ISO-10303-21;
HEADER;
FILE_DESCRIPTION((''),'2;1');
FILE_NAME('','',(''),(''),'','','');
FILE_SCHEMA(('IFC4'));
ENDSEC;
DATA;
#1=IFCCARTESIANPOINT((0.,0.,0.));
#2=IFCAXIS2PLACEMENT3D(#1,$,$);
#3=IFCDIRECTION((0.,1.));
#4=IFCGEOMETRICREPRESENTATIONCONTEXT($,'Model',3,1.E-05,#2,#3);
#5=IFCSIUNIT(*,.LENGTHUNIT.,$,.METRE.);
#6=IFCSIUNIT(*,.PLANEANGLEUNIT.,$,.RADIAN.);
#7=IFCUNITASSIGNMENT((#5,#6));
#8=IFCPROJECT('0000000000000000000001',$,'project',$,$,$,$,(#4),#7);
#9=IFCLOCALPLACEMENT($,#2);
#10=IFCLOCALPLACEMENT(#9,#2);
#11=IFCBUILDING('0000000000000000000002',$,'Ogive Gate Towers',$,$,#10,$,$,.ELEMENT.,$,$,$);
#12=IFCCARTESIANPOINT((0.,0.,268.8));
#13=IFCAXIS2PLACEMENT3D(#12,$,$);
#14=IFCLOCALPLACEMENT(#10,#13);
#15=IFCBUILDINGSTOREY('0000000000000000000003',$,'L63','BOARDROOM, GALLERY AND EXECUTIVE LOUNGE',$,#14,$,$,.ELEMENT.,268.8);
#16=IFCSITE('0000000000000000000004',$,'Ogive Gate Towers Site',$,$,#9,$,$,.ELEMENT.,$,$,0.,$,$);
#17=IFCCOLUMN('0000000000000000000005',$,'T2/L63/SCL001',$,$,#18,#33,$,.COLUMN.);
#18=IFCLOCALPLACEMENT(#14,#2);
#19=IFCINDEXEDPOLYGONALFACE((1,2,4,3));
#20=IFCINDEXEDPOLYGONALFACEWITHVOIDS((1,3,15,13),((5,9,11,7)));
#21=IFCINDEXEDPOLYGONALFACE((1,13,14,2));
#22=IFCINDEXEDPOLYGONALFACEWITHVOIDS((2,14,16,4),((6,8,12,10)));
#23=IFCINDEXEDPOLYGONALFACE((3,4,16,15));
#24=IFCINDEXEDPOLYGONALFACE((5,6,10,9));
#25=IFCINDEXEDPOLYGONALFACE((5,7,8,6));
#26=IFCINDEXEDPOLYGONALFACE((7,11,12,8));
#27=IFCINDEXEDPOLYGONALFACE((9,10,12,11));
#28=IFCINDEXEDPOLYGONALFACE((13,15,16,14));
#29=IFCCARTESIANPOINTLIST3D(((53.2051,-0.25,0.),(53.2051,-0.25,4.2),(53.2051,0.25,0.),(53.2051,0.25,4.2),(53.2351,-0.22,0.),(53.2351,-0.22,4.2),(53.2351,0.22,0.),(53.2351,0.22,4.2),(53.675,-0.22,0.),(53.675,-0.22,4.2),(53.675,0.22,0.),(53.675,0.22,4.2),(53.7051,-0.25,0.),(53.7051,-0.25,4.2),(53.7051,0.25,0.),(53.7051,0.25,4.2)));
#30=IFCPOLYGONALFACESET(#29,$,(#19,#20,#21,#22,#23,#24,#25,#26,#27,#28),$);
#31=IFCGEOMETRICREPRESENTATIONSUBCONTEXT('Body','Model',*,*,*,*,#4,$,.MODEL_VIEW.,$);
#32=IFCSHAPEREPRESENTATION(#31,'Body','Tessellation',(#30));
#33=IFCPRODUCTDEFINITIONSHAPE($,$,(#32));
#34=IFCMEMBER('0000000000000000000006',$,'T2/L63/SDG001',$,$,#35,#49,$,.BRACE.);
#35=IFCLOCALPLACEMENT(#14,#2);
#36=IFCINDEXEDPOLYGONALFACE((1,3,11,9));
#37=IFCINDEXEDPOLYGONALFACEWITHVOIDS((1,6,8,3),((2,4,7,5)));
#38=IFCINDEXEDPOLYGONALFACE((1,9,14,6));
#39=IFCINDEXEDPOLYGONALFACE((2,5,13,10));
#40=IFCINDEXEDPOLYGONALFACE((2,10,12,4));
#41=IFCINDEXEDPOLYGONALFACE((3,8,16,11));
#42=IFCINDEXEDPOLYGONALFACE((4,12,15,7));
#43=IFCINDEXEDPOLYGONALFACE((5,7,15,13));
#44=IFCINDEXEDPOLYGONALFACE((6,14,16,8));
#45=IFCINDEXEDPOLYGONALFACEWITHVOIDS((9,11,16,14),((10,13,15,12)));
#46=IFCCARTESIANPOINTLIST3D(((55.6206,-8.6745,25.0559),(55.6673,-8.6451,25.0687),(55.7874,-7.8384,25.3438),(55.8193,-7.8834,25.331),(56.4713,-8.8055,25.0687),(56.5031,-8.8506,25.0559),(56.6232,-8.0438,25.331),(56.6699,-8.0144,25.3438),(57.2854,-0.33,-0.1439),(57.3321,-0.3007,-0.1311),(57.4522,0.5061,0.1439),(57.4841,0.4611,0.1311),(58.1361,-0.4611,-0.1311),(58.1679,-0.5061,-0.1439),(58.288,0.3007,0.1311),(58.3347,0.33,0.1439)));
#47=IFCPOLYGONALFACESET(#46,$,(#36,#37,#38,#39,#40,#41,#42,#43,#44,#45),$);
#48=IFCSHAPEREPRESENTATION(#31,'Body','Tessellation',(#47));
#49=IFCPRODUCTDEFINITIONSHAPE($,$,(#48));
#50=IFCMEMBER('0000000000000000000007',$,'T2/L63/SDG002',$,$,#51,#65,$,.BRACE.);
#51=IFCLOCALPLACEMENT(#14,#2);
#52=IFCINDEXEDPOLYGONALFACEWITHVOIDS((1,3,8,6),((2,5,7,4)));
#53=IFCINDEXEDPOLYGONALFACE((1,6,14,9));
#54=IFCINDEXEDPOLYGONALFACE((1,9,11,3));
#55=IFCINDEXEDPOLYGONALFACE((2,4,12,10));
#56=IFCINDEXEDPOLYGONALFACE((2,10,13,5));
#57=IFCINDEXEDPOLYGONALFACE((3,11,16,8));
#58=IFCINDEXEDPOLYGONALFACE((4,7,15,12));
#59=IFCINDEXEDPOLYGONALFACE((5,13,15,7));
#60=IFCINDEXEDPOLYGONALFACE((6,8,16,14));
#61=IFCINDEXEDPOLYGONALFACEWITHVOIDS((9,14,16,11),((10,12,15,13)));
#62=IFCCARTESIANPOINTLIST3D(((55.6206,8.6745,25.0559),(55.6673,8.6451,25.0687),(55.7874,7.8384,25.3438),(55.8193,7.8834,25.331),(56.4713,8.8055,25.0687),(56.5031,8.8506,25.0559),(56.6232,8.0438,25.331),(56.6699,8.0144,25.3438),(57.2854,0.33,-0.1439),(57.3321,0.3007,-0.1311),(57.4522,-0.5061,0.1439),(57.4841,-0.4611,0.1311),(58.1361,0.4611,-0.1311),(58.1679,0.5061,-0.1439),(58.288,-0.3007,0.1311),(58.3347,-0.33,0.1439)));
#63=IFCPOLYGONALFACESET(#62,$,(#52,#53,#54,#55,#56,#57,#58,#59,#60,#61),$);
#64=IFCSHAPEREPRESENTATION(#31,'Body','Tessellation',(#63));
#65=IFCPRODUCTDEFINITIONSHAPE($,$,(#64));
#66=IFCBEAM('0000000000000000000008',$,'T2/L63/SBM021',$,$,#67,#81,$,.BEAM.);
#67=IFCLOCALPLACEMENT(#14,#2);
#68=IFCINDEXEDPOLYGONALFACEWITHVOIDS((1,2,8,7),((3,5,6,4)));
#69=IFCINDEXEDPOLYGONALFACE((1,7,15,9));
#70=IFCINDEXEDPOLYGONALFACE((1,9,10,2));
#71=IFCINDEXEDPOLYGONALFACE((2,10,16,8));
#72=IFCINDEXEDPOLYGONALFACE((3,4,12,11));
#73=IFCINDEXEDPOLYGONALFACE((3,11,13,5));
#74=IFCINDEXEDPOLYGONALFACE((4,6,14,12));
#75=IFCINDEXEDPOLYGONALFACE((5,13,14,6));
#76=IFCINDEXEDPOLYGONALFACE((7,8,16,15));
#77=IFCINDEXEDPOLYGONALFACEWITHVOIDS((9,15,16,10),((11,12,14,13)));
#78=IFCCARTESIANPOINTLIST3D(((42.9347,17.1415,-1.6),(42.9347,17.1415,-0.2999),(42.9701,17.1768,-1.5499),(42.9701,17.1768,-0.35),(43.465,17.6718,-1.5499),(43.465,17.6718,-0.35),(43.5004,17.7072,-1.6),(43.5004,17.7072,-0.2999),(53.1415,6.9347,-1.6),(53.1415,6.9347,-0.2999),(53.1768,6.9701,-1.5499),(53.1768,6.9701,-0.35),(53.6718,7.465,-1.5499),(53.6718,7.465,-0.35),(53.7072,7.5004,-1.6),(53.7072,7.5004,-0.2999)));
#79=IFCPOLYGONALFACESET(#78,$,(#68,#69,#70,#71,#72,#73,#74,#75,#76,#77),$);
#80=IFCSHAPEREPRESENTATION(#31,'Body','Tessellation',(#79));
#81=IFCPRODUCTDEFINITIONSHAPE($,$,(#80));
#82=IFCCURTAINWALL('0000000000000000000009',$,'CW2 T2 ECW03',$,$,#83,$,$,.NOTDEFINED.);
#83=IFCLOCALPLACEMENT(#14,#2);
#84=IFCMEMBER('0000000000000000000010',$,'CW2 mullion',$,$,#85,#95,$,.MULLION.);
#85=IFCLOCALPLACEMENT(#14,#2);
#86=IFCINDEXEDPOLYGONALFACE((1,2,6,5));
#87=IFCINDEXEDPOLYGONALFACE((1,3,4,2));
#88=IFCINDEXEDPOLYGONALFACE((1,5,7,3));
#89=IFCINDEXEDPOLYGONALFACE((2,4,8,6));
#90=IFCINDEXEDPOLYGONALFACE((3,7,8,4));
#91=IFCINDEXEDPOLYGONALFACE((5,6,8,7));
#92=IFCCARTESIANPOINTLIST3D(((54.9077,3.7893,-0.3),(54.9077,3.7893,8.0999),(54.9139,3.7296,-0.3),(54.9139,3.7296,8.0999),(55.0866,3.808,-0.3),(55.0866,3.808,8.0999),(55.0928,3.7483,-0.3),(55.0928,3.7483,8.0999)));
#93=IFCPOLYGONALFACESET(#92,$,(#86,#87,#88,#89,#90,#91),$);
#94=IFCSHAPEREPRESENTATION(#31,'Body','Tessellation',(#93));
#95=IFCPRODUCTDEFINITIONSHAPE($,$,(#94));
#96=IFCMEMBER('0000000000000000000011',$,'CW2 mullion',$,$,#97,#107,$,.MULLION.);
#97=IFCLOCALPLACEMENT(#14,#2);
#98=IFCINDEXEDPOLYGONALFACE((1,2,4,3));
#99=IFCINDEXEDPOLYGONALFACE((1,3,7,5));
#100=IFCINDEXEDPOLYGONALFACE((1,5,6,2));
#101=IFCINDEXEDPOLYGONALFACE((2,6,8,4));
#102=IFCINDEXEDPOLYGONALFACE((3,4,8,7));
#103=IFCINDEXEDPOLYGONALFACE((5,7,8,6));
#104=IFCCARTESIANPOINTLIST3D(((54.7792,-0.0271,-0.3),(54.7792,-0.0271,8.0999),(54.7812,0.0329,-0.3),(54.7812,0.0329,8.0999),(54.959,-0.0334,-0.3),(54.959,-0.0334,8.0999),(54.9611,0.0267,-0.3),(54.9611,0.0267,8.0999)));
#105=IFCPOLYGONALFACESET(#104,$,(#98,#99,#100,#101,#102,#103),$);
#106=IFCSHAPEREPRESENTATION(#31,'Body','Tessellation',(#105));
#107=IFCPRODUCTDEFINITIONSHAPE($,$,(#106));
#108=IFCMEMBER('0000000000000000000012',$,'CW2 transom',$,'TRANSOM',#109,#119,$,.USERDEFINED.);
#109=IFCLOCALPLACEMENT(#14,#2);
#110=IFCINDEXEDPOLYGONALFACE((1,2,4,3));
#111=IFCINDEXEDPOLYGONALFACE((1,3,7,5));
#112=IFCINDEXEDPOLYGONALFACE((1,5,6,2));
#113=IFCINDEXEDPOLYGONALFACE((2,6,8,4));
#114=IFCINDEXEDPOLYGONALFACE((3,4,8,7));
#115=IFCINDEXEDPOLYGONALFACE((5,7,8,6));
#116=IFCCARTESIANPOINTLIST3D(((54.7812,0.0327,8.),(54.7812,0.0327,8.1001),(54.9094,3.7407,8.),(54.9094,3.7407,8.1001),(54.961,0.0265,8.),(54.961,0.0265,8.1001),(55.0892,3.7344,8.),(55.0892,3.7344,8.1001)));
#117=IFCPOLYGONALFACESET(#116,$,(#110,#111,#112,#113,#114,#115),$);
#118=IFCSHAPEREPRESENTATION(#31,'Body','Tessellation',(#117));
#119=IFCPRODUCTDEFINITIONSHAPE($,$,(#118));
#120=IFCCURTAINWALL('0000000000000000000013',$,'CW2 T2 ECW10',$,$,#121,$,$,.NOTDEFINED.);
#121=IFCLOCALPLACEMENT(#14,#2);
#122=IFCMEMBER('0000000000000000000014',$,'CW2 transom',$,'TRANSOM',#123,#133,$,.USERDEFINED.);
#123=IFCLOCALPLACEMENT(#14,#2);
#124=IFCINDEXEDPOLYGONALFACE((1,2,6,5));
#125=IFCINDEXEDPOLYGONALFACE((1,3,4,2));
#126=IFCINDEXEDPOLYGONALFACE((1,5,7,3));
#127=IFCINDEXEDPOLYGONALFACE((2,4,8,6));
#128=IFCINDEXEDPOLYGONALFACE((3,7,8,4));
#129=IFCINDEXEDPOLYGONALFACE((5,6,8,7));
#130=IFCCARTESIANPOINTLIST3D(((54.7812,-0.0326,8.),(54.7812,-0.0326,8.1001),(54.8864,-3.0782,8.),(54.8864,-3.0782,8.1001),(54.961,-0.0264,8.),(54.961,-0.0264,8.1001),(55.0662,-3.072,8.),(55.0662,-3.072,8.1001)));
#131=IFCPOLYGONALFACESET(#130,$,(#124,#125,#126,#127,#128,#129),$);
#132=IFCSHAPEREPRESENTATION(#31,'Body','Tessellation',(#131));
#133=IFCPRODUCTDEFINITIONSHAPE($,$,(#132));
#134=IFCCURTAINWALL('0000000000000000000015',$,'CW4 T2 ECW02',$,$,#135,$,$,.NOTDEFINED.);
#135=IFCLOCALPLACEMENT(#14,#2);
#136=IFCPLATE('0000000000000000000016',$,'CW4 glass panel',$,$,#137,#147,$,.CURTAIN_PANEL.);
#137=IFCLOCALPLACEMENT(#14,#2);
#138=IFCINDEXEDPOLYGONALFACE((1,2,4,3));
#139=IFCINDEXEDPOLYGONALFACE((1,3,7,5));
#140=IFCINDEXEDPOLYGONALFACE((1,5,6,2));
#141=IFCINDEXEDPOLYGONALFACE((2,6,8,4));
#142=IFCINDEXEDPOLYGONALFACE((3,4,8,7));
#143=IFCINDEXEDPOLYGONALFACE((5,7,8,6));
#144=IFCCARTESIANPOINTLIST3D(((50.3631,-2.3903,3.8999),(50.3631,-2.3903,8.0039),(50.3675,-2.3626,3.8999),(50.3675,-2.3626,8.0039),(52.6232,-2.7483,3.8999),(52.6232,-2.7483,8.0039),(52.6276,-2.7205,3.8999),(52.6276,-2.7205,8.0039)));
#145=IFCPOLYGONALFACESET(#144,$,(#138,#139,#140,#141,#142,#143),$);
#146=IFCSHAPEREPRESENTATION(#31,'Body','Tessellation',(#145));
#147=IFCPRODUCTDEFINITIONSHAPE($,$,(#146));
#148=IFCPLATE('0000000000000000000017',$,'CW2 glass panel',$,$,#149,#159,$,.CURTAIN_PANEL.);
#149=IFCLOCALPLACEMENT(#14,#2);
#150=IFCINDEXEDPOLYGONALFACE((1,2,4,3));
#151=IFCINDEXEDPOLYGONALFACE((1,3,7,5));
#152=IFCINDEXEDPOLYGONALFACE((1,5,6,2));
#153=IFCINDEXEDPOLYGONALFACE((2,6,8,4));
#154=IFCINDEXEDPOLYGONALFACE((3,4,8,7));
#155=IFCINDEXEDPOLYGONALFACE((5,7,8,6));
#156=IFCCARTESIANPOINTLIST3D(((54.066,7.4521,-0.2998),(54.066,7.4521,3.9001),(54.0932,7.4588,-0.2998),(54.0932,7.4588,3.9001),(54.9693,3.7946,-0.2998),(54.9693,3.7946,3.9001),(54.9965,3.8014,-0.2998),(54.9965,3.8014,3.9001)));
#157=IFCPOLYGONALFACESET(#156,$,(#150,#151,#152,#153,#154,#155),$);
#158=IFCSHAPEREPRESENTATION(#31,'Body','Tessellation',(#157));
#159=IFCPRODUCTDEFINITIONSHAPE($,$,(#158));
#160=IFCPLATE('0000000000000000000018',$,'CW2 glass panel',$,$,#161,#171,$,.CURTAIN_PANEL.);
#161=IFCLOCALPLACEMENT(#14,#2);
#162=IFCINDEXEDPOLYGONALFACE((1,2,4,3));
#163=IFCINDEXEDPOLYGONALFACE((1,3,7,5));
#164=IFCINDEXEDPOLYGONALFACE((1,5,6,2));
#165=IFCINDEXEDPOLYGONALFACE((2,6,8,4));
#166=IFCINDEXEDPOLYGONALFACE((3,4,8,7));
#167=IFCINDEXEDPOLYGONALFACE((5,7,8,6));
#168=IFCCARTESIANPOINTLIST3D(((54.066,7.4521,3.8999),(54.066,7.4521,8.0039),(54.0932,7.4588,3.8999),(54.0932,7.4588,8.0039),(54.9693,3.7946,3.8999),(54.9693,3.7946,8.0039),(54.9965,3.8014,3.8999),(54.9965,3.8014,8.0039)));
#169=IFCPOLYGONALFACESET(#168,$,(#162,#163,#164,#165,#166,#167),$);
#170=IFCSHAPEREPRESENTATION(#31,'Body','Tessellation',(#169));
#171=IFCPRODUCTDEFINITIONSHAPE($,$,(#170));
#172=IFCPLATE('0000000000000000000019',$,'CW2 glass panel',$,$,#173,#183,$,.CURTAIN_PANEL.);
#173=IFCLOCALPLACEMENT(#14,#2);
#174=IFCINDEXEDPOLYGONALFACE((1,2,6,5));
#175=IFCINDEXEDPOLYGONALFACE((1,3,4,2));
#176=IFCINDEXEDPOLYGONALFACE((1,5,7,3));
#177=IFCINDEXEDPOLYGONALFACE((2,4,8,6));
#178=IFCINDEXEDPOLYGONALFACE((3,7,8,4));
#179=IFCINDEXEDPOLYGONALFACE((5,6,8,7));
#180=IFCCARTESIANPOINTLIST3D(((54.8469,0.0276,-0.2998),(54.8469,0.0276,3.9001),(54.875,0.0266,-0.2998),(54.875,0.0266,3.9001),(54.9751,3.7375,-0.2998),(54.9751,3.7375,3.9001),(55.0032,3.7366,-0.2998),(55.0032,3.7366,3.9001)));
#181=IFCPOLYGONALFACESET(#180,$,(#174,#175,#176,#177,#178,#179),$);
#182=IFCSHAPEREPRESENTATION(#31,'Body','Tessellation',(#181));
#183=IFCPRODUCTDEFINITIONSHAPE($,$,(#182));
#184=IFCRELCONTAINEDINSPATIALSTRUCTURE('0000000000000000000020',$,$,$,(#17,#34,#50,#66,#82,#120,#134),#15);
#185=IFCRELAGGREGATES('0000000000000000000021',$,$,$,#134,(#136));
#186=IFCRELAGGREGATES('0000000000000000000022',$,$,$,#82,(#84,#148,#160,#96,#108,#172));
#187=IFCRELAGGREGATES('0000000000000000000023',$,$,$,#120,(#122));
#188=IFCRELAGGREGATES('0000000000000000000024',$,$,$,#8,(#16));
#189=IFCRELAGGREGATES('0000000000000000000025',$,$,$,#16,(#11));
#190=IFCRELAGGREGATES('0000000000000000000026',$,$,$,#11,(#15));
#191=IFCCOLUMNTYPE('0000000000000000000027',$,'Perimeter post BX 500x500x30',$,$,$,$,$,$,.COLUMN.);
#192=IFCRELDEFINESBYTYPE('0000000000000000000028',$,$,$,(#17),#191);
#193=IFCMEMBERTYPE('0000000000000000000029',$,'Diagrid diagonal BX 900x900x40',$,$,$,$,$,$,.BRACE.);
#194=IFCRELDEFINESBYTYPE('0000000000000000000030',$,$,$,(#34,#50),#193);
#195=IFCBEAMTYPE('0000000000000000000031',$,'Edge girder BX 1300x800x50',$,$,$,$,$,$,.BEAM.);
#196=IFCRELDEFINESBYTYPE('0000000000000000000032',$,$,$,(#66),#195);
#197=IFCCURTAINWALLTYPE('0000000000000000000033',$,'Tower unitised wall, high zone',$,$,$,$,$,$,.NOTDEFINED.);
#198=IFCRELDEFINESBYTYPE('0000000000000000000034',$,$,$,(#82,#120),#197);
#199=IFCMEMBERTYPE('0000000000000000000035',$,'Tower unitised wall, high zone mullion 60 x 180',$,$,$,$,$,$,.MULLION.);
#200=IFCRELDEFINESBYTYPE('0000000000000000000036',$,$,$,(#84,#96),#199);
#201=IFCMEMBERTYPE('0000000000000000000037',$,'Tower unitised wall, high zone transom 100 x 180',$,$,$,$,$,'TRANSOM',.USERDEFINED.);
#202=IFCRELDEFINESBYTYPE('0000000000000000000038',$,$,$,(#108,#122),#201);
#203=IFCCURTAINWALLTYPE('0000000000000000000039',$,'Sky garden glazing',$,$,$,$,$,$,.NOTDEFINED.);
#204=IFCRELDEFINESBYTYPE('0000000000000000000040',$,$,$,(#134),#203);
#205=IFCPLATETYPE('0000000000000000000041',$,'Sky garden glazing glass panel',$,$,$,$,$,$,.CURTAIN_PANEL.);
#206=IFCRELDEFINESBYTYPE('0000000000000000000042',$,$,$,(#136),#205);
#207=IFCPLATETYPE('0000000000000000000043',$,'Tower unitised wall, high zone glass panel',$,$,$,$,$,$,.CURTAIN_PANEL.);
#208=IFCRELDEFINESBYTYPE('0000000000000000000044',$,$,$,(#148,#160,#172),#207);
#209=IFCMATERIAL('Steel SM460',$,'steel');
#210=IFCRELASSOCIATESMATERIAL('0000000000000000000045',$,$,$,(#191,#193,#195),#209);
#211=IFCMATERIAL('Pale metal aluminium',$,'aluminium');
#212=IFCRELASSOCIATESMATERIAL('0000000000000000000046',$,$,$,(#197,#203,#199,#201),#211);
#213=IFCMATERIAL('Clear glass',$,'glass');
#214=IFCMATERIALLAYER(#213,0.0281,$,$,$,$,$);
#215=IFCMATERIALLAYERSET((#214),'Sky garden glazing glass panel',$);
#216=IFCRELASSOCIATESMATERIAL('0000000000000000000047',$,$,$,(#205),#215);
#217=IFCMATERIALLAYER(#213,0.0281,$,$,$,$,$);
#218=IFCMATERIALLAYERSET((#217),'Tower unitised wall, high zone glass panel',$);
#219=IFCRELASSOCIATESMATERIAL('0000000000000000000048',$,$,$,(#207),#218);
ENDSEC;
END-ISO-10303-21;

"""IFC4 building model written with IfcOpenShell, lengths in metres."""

from ifc_helpers import new_model, si_unit, direction, frame, origin, origin_2d, place, context, subcontext, project, spatial, rectangle, hollow_rectangle, extrude, material, layer, layer_set, material_profile, profile_set, type_object, element, aggregate, save


model = new_model("IFC4")

# Units and contexts
model_context = context("Model", 3, precision=1e-05, world=origin(), true_north=direction((0.0, 1.0)))
body_context = subcontext(model_context, "Body", "Model", "MODEL_VIEW")
ifc_project = project(units=[si_unit("LENGTHUNIT", "METRE"), si_unit("PLANEANGLEUNIT", "RADIAN")], contexts=[model_context])

# Site, building, storey
site_placement = place(None, origin())
site = spatial("IfcSite", under=ifc_project, at=site_placement, Name="Ogive Gate Towers Site", CompositionType="ELEMENT", RefElevation=0.0)
building_placement = place(site_placement, origin())
building = spatial("IfcBuilding", under=site, at=building_placement, Name="Ogive Gate Towers", CompositionType="ELEMENT")
storey_placement = place(building_placement, frame((0.0, 0.0, 268.8)))
storey = spatial("IfcBuildingStorey", under=building, at=storey_placement, Name="L63", Description="BOARDROOM, GALLERY AND EXECUTIVE LOUNGE", CompositionType="ELEMENT", Elevation=268.8)

# Column
ifc_material_1 = material(Name="Steel SM460", Category="steel")
ifc_material_profile_1 = material_profile(ifc_material_1, hollow_rectangle(XDim=0.5, YDim=0.5, WallThickness=0.03, at=origin_2d()), Name="BX 500x500x30")
ifc_profile_set_1 = profile_set([ifc_material_profile_1], Name="Steel SM460")
column_type = type_object("IfcColumnType", Name="Perimeter post BX 500x500x30", PredefinedType="COLUMN", material=ifc_profile_set_1)
column_placement = place(storey_placement, frame((53.4551, 0.0, 0.0), z_axis=(0.0, 0.0, 1.0), x_axis=(1.0, 0.0, 0.0)))
element("IfcColumn", 1, at=column_placement, inside=storey, type_object=column_type, Name="T2/L63/SCL001", PredefinedType="COLUMN", context=body_context, shape_type="SweptSolid", body=[
    extrude(hollow_rectangle(XDim=0.5, YDim=0.5, WallThickness=0.03, at=origin_2d()), origin(), (0.0, 0.0, 1.0), 4.2),
])

# Members
ifc_material_profile_2 = material_profile(ifc_material_1, hollow_rectangle(XDim=0.8999, YDim=0.8999, WallThickness=0.04, at=origin_2d()), Name="BX 900x900x40")
ifc_profile_set_2 = profile_set([ifc_material_profile_2], Name="Steel SM460")
member_type_1 = type_object("IfcMemberType", Name="Diagrid diagonal BX 900x900x40", PredefinedType="BRACE", material=ifc_profile_set_2)
for number, where, z_axis, x_axis, name in (
    (2, (57.8101, 0.0, 0.0), (-0.062592, -0.313729, 0.947447), (0.980673, -0.195653, 0.0), "T2/L63/SDG001"),
    (3, (57.8101, 0.0, 0.0), (-0.062592, 0.313729, 0.947447), (-0.980673, -0.195653, 0.0), "T2/L63/SDG002"),
):
    element("IfcMember", number, at=place(storey_placement, frame(where, z_axis=z_axis, x_axis=x_axis)), inside=storey, type_object=member_type_1, Name=name, PredefinedType="BRACE", context=body_context, shape_type="SweptSolid", body=[
        extrude(hollow_rectangle(XDim=0.8999, YDim=0.8999, WallThickness=0.04, at=origin_2d()), origin(), (0.0, 0.0, 1.0), 26.5977),
    ])

# Beam
ifc_material_profile_3 = material_profile(ifc_material_1, hollow_rectangle(XDim=0.8, YDim=1.3, WallThickness=0.05, at=origin_2d()), Name="BX 1300x800x50")
ifc_profile_set_3 = profile_set([ifc_material_profile_3], Name="Steel SM460")
beam_type = type_object("IfcBeamType", Name="Edge girder BX 1300x800x50", PredefinedType="BEAM", material=ifc_profile_set_3)
beam_placement = place(storey_placement, frame((53.4243, 7.2175, -0.95), z_axis=(-0.707107, 0.707107, 0.0), x_axis=(-0.707107, -0.707107, 0.0)))
element("IfcBeam", 4, at=beam_placement, inside=storey, type_object=beam_type, Name="T2/L63/SBM021", PredefinedType="BEAM", context=body_context, shape_type="SweptSolid", body=[
    extrude(hollow_rectangle(XDim=0.8, YDim=1.3, WallThickness=0.05, at=origin_2d()), origin(), (0.0, 0.0, 1.0), 14.4346),
])

# Curtain wall, members
ifc_material_2 = material(Name="Pale metal aluminium", Category="aluminium")
curtain_wall_type_1 = type_object("IfcCurtainWallType", Name="Tower unitised wall, high zone", PredefinedType="NOTDEFINED", material=ifc_material_2)
curtain_wall_1_placement = place(storey_placement, origin())
curtain_wall_1 = element("IfcCurtainWall", 5, at=curtain_wall_1_placement, inside=storey, type_object=curtain_wall_type_1, Name="CW2 T2 ECW03", PredefinedType="NOTDEFINED")
ifc_material_profile_4 = material_profile(ifc_material_2, rectangle(XDim=0.1799, YDim=0.0601, at=origin_2d()), Name="60 x 180 aluminium box")
ifc_profile_set_4 = profile_set([ifc_material_profile_4], Name="Pale metal aluminium")
member_type_2 = type_object("IfcMemberType", Name="Tower unitised wall, high zone mullion 60 x 180", PredefinedType="MULLION", material=ifc_profile_set_4)
member_1_placement = place(storey_placement, frame((55.0002, 3.7688, -0.3), z_axis=(0.0, 0.0, 1.0), x_axis=(-0.994618, -0.103608, 0.0)))
member_1 = element("IfcMember", 6, at=member_1_placement, type_object=member_type_2, Name="CW2 mullion", PredefinedType="MULLION", context=body_context, shape_type="SweptSolid", body=[
    extrude(rectangle(XDim=0.1799, YDim=0.0601, at=origin_2d()), origin(), (0.0, 0.0, 1.0), 8.3999),
])
member_2_placement = place(storey_placement, frame((54.8701, -0.0002, -0.3), z_axis=(0.0, 0.0, 1.0), x_axis=(-0.999404, 0.034533, 0.0)))
member_2 = element("IfcMember", 7, at=member_2_placement, type_object=member_type_2, Name="CW2 mullion", PredefinedType="MULLION", context=body_context, shape_type="SweptSolid", body=[
    extrude(rectangle(XDim=0.1799, YDim=0.0601, at=origin_2d()), origin(), (0.0, 0.0, 1.0), 8.3999),
])
ifc_material_profile_5 = material_profile(ifc_material_2, rectangle(XDim=0.1799, YDim=0.1001, at=origin_2d()), Name="100 x 180 aluminium box")
ifc_profile_set_5 = profile_set([ifc_material_profile_5], Name="Pale metal aluminium")
member_type_3 = type_object("IfcMemberType", Name="Tower unitised wall, high zone transom 100 x 180", ElementType="TRANSOM", PredefinedType="USERDEFINED", material=ifc_profile_set_5)
member_3_placement = place(storey_placement, frame((54.9993, 3.7375, 8.05), z_axis=(-0.034546, -0.999403, 0.0), x_axis=(0.999403, -0.034546, 0.0)))
member_3 = element("IfcMember", 8, at=member_3_placement, type_object=member_type_3, Name="CW2 transom", ObjectType="TRANSOM", PredefinedType="USERDEFINED", context=body_context, shape_type="SweptSolid", body=[
    extrude(rectangle(XDim=0.1799, YDim=0.1001, at=origin_2d()), origin(), (0.0, 0.0, 1.0), 3.7102),
])

# Curtain wall, member
curtain_wall_2_placement = place(storey_placement, origin())
curtain_wall_2 = element("IfcCurtainWall", 9, at=curtain_wall_2_placement, inside=storey, type_object=curtain_wall_type_1, Name="CW2 T2 ECW10", PredefinedType="NOTDEFINED")
member_4_placement = place(storey_placement, frame((54.8711, -0.0295, 8.05), z_axis=(0.034528, -0.999404, 0.0), x_axis=(0.999404, 0.034528, 0.0)))
member_4 = element("IfcMember", 10, at=member_4_placement, type_object=member_type_3, Name="CW2 transom", ObjectType="TRANSOM", PredefinedType="USERDEFINED", context=body_context, shape_type="SweptSolid", body=[
    extrude(rectangle(XDim=0.1799, YDim=0.1001, at=origin_2d()), origin(), (0.0, 0.0, 1.0), 3.0474),
])

# Curtain wall, plate
curtain_wall_type_2 = type_object("IfcCurtainWallType", Name="Sky garden glazing", PredefinedType="NOTDEFINED", material=ifc_material_2)
curtain_wall_3_placement = place(storey_placement, origin())
curtain_wall_3 = element("IfcCurtainWall", 11, at=curtain_wall_3_placement, inside=storey, type_object=curtain_wall_type_2, Name="CW4 T2 ECW02", PredefinedType="NOTDEFINED")
ifc_material_3 = material(Name="Clear glass", Category="glass")
ifc_layer_1 = layer(ifc_material_3, 0.0281)
ifc_layer_set_1 = layer_set([ifc_layer_1], Name="Sky garden glazing glass panel")
plate_type_1 = type_object("IfcPlateType", Name="Sky garden glazing glass panel", PredefinedType="CURTAIN_PANEL", material=ifc_layer_set_1)
plate_1_placement = place(storey_placement, frame((51.4954, -2.5554, 3.8999), z_axis=(0.0, 0.0, 1.0), x_axis=(-0.987688, 0.156434, 0.0)))
plate_1 = element("IfcPlate", 12, at=plate_1_placement, type_object=plate_type_1, Name="CW4 glass panel", PredefinedType="CURTAIN_PANEL", context=body_context, shape_type="SweptSolid", body=[
    extrude(rectangle(XDim=2.2883, YDim=0.0281, at=origin_2d()), origin(), (0.0, 0.0, 1.0), 4.104),
])
aggregate(curtain_wall_3, [plate_1])

# Plates
ifc_layer_2 = layer(ifc_material_3, 0.0281)
ifc_layer_set_2 = layer_set([ifc_layer_2], Name="Tower unitised wall, high zone glass panel")
plate_type_2 = type_object("IfcPlateType", Name="Tower unitised wall, high zone glass panel", PredefinedType="CURTAIN_PANEL", material=ifc_layer_set_2)
plate_2_placement = place(storey_placement, frame((54.5312, 5.6267, -0.2998), z_axis=(0.0, 0.0, 1.0), x_axis=(0.239771, -0.97083, 0.0)))
plate_2 = element("IfcPlate", 13, at=plate_2_placement, type_object=plate_type_2, Name="CW2 glass panel", PredefinedType="CURTAIN_PANEL", context=body_context, shape_type="SweptSolid", body=[
    extrude(rectangle(XDim=3.7673, YDim=0.0281, at=origin_2d()), origin(), (0.0, 0.0, 1.0), 4.2),
])
plate_3_placement = place(storey_placement, frame((54.5312, 5.6267, 3.8999), z_axis=(0.0, 0.0, 1.0), x_axis=(0.239771, -0.97083, 0.0)))
plate_3 = element("IfcPlate", 14, at=plate_3_placement, type_object=plate_type_2, Name="CW2 glass panel", PredefinedType="CURTAIN_PANEL", context=body_context, shape_type="SweptSolid", body=[
    extrude(rectangle(XDim=3.7673, YDim=0.0281, at=origin_2d()), origin(), (0.0, 0.0, 1.0), 4.104),
])
plate_4_placement = place(storey_placement, frame((54.925, 1.8821, -0.2998), z_axis=(0.0, 0.0, 1.0), x_axis=(-0.034533, -0.999404, 0.0)))
plate_4 = element("IfcPlate", 15, at=plate_4_placement, type_object=plate_type_2, Name="CW2 glass panel", PredefinedType="CURTAIN_PANEL", context=body_context, shape_type="SweptSolid", body=[
    extrude(rectangle(XDim=3.7122, YDim=0.0281, at=origin_2d()), origin(), (0.0, 0.0, 1.0), 4.2),
])
aggregate(curtain_wall_1, [member_1, plate_2, plate_3, member_2, member_3, plate_4])
aggregate(curtain_wall_2, [member_4])

save(model, "model.ifc")
